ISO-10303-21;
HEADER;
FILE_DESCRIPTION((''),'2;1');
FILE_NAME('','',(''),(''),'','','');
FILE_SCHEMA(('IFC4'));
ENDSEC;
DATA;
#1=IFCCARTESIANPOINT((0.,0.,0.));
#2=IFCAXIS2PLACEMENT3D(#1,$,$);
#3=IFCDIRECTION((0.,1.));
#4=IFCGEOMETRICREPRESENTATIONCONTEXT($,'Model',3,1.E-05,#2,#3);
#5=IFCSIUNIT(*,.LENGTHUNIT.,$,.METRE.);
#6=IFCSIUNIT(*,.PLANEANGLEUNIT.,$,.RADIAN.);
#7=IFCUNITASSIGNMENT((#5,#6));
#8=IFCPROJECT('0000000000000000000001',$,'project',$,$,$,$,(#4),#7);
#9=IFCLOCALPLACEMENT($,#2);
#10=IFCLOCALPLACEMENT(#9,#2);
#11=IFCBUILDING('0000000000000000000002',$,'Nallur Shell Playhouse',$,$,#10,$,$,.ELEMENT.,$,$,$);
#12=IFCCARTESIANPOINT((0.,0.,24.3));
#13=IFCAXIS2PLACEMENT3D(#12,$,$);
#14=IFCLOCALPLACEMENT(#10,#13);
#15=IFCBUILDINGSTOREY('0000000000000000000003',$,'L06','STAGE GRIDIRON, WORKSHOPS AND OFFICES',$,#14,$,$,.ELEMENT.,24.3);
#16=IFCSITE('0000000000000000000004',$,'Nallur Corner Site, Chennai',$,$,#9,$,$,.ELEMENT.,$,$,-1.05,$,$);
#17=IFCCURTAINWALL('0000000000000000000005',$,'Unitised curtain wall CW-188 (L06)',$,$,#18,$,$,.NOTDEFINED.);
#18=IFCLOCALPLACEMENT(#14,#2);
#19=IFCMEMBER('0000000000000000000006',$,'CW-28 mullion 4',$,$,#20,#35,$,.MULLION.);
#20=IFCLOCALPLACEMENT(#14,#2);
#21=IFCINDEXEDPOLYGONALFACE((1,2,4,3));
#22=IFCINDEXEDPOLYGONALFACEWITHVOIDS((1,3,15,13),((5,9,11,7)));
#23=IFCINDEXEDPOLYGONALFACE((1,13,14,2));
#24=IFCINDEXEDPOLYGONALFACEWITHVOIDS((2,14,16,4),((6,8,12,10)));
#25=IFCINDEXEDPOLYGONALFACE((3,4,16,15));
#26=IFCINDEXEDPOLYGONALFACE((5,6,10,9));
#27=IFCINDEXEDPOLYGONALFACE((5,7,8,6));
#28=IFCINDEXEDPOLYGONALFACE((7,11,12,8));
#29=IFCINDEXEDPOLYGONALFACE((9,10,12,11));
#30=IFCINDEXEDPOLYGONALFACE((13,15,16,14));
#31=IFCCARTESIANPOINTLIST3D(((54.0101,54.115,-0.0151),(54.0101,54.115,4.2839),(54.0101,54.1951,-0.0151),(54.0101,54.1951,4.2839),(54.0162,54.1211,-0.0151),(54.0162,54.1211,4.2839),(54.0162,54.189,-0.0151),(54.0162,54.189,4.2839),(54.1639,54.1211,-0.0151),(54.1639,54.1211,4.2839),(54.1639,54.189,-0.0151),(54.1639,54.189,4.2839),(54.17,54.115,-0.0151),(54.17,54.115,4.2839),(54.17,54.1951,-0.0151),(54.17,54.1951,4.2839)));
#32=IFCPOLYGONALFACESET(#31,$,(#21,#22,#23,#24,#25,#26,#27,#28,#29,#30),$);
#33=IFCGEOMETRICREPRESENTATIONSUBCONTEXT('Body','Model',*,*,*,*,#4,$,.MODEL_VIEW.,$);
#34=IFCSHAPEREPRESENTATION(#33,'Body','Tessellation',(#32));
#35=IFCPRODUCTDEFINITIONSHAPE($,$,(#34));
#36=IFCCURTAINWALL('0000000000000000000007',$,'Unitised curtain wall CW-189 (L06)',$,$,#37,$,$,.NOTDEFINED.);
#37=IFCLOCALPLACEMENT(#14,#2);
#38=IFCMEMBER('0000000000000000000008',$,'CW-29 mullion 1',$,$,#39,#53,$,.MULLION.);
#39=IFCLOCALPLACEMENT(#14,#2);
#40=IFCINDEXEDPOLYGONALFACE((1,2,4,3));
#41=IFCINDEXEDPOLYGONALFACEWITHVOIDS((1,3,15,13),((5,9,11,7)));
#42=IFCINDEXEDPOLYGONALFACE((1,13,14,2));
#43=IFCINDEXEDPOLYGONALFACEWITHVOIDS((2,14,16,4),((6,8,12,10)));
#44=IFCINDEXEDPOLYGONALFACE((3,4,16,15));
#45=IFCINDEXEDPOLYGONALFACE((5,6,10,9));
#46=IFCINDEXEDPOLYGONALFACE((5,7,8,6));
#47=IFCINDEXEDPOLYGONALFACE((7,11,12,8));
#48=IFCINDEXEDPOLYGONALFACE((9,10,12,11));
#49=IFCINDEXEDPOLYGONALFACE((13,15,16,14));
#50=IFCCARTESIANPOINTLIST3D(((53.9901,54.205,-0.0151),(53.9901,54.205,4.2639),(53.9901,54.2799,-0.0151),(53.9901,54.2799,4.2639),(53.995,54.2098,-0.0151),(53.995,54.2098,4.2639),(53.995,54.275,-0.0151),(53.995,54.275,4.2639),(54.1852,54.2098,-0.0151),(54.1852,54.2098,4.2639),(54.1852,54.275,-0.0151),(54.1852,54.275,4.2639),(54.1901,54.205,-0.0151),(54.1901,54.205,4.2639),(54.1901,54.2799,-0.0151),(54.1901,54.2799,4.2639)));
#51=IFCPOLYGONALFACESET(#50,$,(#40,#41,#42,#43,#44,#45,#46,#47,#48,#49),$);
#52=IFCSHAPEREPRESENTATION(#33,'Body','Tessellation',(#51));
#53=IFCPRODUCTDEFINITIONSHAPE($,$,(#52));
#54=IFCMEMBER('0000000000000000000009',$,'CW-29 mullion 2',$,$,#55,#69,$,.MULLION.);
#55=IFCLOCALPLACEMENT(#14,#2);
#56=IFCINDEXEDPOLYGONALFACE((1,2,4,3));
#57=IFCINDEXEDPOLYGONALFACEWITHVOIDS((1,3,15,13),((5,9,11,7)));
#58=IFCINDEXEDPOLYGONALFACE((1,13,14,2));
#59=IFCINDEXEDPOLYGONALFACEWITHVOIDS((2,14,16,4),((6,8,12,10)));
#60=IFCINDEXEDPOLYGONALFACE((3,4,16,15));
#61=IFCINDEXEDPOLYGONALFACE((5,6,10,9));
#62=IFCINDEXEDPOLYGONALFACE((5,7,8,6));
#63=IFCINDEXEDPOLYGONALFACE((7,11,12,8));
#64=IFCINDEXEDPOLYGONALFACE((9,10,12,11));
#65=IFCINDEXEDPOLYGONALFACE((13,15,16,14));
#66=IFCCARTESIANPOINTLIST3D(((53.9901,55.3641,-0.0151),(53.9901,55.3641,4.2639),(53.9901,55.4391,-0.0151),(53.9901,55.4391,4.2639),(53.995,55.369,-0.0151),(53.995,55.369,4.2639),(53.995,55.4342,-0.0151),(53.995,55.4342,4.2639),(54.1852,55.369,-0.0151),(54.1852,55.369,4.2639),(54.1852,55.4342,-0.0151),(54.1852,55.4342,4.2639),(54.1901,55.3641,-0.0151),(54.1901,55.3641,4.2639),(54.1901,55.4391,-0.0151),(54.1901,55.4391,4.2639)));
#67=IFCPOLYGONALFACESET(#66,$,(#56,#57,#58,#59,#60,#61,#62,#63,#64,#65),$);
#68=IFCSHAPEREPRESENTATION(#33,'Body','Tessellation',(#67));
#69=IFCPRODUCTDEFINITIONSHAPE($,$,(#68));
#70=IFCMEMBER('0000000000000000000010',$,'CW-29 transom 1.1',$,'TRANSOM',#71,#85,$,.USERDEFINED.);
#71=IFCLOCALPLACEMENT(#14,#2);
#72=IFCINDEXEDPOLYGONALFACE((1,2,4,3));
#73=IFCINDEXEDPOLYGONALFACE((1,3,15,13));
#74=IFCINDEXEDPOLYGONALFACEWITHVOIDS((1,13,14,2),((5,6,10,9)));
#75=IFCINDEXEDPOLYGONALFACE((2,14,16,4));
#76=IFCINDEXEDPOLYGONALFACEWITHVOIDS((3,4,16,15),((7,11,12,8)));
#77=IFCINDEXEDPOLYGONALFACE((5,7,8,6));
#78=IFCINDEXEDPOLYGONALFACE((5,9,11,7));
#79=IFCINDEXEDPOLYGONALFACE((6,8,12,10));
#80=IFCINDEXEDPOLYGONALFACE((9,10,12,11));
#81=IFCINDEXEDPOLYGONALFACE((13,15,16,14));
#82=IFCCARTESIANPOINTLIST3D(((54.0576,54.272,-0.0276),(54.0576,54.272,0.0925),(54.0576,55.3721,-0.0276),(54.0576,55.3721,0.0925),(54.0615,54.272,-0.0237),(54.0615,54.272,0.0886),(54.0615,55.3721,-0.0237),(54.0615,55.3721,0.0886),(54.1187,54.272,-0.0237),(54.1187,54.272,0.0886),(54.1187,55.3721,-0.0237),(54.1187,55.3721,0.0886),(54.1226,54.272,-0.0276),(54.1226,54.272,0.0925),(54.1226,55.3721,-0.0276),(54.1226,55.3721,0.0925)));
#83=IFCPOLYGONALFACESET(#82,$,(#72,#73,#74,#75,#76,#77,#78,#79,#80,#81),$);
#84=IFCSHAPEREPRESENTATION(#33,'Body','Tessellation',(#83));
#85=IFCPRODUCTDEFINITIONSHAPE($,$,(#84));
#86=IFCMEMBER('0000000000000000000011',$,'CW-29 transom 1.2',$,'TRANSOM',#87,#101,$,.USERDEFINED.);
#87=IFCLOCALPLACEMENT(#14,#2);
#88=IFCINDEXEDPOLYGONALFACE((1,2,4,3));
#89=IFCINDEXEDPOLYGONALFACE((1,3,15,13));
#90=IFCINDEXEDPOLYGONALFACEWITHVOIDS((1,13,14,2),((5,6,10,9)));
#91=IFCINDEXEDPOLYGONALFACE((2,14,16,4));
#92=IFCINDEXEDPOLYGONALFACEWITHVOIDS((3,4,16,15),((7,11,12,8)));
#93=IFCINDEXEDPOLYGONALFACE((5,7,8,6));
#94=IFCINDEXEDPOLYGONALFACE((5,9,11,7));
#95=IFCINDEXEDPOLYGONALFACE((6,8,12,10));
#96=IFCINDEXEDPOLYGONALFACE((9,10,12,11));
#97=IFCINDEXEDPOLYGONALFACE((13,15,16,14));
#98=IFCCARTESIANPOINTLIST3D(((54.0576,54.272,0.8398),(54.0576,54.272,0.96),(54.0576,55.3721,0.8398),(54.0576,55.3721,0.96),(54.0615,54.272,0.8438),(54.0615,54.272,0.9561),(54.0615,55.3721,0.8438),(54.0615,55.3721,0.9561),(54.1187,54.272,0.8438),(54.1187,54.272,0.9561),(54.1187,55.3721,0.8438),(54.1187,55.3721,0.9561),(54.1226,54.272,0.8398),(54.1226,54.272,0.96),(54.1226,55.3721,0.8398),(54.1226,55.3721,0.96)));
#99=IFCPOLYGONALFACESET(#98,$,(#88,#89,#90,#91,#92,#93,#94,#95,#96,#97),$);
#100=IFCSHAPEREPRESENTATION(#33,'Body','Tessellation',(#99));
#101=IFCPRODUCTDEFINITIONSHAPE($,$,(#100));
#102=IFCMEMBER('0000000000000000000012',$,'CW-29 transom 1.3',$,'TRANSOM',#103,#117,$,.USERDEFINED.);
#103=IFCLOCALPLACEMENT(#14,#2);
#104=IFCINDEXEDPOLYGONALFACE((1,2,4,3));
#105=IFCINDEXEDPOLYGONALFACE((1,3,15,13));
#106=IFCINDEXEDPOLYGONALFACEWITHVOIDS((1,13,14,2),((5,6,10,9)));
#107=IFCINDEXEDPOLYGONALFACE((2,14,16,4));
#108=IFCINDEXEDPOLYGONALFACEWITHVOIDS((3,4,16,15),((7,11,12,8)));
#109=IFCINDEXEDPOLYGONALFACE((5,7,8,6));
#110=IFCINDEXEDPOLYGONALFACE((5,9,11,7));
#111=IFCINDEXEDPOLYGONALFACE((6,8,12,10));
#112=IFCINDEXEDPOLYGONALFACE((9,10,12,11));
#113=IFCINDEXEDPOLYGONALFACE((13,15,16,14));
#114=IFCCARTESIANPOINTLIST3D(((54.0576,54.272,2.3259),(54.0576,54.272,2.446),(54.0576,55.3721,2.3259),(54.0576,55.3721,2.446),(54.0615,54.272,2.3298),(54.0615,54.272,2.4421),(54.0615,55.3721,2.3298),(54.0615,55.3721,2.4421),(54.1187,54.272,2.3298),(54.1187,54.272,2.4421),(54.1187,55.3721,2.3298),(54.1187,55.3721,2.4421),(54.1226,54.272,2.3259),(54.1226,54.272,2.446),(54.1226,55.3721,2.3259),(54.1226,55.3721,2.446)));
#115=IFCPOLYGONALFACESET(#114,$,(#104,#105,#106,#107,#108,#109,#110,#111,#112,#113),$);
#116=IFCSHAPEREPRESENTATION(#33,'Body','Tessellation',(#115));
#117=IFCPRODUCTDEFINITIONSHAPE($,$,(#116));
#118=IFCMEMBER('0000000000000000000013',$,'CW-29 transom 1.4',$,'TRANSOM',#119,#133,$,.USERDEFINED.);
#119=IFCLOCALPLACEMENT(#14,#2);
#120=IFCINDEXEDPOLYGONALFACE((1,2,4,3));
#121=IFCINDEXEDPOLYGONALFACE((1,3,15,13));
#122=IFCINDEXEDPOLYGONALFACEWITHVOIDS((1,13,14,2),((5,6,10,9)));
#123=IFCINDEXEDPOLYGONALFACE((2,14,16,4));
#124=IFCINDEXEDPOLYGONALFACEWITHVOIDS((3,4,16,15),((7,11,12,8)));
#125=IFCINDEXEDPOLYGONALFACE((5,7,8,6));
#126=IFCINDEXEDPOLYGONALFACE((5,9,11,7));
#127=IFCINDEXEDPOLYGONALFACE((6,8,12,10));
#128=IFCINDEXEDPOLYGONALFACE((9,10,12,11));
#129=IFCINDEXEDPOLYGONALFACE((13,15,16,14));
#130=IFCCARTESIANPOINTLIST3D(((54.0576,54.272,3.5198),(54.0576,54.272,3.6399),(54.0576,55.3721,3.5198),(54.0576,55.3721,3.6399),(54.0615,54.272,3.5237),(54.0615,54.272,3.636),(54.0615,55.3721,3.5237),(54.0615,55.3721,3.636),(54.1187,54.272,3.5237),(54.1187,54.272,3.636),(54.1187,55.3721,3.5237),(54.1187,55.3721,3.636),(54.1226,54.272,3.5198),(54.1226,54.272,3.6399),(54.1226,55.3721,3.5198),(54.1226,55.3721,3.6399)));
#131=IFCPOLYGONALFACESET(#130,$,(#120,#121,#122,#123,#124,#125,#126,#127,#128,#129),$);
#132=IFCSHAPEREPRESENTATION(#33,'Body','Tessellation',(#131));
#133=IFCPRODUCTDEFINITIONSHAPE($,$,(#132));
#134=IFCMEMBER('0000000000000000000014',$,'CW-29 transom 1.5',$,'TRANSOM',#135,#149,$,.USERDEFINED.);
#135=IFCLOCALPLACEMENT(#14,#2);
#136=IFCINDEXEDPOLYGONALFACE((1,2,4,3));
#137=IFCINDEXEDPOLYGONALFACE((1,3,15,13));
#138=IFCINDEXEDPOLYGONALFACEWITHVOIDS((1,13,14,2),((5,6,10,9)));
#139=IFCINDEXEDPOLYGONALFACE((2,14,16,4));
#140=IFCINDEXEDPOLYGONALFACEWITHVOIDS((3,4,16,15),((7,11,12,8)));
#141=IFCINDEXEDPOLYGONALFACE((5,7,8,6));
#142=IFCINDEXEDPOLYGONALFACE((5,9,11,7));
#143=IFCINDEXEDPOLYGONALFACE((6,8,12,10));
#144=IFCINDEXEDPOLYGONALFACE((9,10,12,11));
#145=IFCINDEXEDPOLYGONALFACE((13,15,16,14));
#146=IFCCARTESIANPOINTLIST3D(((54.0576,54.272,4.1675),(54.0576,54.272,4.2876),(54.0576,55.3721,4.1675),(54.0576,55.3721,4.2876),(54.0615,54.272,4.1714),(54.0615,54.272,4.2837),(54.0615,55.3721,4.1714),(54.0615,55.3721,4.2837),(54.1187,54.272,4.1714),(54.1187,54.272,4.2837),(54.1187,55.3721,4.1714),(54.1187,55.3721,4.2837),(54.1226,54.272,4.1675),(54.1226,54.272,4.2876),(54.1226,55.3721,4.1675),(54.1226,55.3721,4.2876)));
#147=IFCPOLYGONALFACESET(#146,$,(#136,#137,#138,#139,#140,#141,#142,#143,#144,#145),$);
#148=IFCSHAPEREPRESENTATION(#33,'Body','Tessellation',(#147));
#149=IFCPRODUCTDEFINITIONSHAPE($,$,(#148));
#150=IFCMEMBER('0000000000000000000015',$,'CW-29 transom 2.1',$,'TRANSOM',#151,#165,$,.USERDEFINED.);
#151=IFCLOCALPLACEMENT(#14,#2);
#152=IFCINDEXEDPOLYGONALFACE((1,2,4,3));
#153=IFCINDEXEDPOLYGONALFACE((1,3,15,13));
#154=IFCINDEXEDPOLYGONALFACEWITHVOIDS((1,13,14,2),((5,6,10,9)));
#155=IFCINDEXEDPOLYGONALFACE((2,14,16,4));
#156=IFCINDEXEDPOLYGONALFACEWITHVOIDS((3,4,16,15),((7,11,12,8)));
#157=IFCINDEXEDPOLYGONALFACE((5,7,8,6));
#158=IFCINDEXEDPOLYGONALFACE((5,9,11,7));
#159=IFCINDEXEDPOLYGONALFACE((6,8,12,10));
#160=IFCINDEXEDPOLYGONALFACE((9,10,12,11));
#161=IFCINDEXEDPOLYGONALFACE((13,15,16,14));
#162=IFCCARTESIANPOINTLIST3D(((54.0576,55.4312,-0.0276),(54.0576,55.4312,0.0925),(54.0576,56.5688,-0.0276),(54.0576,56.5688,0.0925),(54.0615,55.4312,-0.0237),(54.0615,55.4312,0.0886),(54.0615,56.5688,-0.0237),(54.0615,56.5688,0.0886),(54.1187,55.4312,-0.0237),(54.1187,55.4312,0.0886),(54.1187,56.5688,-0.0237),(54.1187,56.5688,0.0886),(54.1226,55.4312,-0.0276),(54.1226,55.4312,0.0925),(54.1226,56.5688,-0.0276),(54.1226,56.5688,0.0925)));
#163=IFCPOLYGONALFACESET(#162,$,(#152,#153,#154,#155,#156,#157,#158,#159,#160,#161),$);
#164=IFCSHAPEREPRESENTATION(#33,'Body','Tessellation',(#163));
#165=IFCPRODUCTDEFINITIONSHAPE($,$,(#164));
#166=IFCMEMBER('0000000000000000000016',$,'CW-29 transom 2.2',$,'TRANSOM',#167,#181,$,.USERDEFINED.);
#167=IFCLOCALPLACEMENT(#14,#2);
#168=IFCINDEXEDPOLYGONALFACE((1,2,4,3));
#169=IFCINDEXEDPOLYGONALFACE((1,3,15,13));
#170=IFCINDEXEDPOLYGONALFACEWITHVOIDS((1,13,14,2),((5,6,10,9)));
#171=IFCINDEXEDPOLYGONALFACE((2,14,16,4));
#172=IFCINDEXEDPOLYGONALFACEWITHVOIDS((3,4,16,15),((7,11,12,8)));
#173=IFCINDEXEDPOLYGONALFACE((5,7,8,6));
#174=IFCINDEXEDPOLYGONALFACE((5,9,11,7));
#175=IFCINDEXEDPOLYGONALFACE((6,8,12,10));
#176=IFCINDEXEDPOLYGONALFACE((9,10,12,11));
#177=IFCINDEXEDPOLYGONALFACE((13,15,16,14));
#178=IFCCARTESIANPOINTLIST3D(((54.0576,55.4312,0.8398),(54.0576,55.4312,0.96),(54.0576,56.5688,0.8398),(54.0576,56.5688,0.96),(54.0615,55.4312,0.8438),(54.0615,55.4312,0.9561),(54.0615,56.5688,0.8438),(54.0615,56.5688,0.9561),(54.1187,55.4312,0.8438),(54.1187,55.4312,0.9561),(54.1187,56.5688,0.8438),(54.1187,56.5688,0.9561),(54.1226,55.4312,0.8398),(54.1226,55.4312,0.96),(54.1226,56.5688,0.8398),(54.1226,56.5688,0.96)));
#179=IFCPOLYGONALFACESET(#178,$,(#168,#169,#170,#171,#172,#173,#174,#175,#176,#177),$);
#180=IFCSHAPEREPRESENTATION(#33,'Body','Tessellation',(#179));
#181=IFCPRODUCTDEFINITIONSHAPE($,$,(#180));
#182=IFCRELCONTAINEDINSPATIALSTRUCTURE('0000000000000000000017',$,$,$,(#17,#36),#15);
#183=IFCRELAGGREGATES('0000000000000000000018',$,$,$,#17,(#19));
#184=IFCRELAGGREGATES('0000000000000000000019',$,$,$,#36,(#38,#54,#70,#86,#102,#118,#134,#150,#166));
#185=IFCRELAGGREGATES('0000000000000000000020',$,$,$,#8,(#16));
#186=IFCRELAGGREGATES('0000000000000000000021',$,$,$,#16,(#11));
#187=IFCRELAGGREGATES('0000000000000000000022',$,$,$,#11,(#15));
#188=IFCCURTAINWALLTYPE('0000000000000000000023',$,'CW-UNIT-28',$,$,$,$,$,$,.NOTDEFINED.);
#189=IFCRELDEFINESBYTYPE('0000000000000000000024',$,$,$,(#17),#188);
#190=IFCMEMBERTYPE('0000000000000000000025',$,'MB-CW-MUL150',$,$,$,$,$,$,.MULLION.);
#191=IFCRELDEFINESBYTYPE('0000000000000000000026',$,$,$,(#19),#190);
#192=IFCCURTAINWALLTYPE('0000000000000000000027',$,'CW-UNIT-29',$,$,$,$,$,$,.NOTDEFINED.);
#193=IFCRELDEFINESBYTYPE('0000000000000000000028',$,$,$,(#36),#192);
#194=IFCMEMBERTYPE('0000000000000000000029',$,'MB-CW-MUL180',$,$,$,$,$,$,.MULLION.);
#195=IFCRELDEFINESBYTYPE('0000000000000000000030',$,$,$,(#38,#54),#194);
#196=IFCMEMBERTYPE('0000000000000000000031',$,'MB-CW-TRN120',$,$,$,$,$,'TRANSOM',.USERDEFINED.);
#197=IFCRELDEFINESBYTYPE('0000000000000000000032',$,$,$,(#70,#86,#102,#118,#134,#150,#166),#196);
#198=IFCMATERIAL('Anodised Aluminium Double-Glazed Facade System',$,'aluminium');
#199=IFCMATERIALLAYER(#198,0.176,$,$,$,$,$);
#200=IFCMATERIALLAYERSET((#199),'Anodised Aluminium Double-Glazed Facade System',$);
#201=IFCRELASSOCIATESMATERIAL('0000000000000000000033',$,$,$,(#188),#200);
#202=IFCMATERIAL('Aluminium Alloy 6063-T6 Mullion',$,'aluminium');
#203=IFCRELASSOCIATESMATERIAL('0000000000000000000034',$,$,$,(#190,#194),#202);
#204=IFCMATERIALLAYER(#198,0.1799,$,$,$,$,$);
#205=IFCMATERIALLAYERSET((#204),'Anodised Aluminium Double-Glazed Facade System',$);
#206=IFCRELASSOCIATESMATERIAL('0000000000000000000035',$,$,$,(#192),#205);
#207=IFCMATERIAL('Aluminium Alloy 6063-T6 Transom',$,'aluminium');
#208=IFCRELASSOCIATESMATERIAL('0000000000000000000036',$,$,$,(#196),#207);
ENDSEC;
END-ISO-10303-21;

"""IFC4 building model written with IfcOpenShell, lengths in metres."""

from ifc_helpers import new_model, si_unit, direction, frame, origin, origin_2d, place, context, subcontext, project, spatial, hollow_rectangle, extrude, material, layer, layer_set, material_profile, profile_set, type_object, element, aggregate, save


model = new_model("IFC4")

# Units and contexts
model_context = context("Model", 3, precision=1e-05, world=origin(), true_north=direction((0.0, 1.0)))
body_context = subcontext(model_context, "Body", "Model", "MODEL_VIEW")
ifc_project = project(units=[si_unit("LENGTHUNIT", "METRE"), si_unit("PLANEANGLEUNIT", "RADIAN")], contexts=[model_context])

# Site, building, storey
site_placement = place(None, origin())
site = spatial("IfcSite", under=ifc_project, at=site_placement, Name="Nallur Corner Site, Chennai", CompositionType="ELEMENT", RefElevation=-1.05)
building_placement = place(site_placement, origin())
building = spatial("IfcBuilding", under=site, at=building_placement, Name="Nallur Shell Playhouse", CompositionType="ELEMENT")
storey_placement = place(building_placement, frame((0.0, 0.0, 24.3)))
storey = spatial("IfcBuildingStorey", under=building, at=storey_placement, Name="L06", Description="STAGE GRIDIRON, WORKSHOPS AND OFFICES", CompositionType="ELEMENT", Elevation=24.3)

# Curtain wall, member
ifc_material_1 = material(Name="Anodised Aluminium Double-Glazed Facade System", Category="aluminium")
ifc_layer_1 = layer(ifc_material_1, 0.176)
ifc_layer_set_1 = layer_set([ifc_layer_1], Name="Anodised Aluminium Double-Glazed Facade System")
curtain_wall_type_1 = type_object("IfcCurtainWallType", Name="CW-UNIT-28", PredefinedType="NOTDEFINED", material=ifc_layer_set_1)
curtain_wall_1_placement = place(storey_placement, origin())
curtain_wall_1 = element("IfcCurtainWall", 1, at=curtain_wall_1_placement, inside=storey, type_object=curtain_wall_type_1, Name="Unitised curtain wall CW-188 (L06)", PredefinedType="NOTDEFINED")
ifc_material_2 = material(Name="Aluminium Alloy 6063-T6 Mullion", Category="aluminium")
ifc_material_profile_1 = material_profile(ifc_material_2, hollow_rectangle(XDim=0.0801, YDim=0.1599, WallThickness=0.0061, at=origin_2d()), Name="RHS 160x80x6")
ifc_profile_set_1 = profile_set([ifc_material_profile_1], Name="Aluminium Alloy 6063-T6 Mullion")
member_type_1 = type_object("IfcMemberType", Name="MB-CW-MUL150", PredefinedType="MULLION", material=ifc_profile_set_1)
member_1_placement = place(storey_placement, frame((54.0901, 54.155, -0.0151), z_axis=(0.0, 0.0, 1.0), x_axis=(0.0, 1.0, 0.0)))
member_1 = element("IfcMember", 2, at=member_1_placement, type_object=member_type_1, Name="CW-28 mullion 4", PredefinedType="MULLION", context=body_context, shape_type="SweptSolid", body=[
    extrude(hollow_rectangle(XDim=0.0801, YDim=0.1599, WallThickness=0.0061, at=origin_2d()), origin(), (0.0, 0.0, 1.0), 4.2991),
])

# Curtain wall, members
ifc_layer_2 = layer(ifc_material_1, 0.1799)
ifc_layer_set_2 = layer_set([ifc_layer_2], Name="Anodised Aluminium Double-Glazed Facade System")
curtain_wall_type_2 = type_object("IfcCurtainWallType", Name="CW-UNIT-29", PredefinedType="NOTDEFINED", material=ifc_layer_set_2)
curtain_wall_2_placement = place(storey_placement, origin())
curtain_wall_2 = element("IfcCurtainWall", 3, at=curtain_wall_2_placement, inside=storey, type_object=curtain_wall_type_2, Name="Unitised curtain wall CW-189 (L06)", PredefinedType="NOTDEFINED")
ifc_material_profile_2 = material_profile(ifc_material_2, hollow_rectangle(XDim=0.075, YDim=0.2, WallThickness=0.0049, at=origin_2d()), Name="ALU 75x200x5")
ifc_profile_set_2 = profile_set([ifc_material_profile_2], Name="Aluminium Alloy 6063-T6 Mullion")
member_type_2 = type_object("IfcMemberType", Name="MB-CW-MUL180", PredefinedType="MULLION", material=ifc_profile_set_2)
member_2_placement = place(storey_placement, frame((54.0901, 54.2424, -0.0151), z_axis=(0.0, 0.0, 1.0), x_axis=(0.0, 1.0, 0.0)))
member_2 = element("IfcMember", 4, at=member_2_placement, type_object=member_type_2, Name="CW-29 mullion 1", PredefinedType="MULLION", context=body_context, shape_type="SweptSolid", body=[
    extrude(hollow_rectangle(XDim=0.075, YDim=0.2, WallThickness=0.0049, at=origin_2d()), origin(), (0.0, 0.0, 1.0), 4.2791),
])
member_3_placement = place(storey_placement, frame((54.0901, 55.4016, -0.0151), z_axis=(0.0, 0.0, 1.0), x_axis=(0.0, 1.0, 0.0)))
member_3 = element("IfcMember", 5, at=member_3_placement, type_object=member_type_2, Name="CW-29 mullion 2", PredefinedType="MULLION", context=body_context, shape_type="SweptSolid", body=[
    extrude(hollow_rectangle(XDim=0.075, YDim=0.2, WallThickness=0.0049, at=origin_2d()), origin(), (0.0, 0.0, 1.0), 4.2791),
])
ifc_material_3 = material(Name="Aluminium Alloy 6063-T6 Transom", Category="aluminium")
ifc_material_profile_3 = material_profile(ifc_material_3, hollow_rectangle(XDim=0.0649, YDim=0.1201, WallThickness=0.0039, at=origin_2d()), Name="ALU 65x120x4")
ifc_profile_set_3 = profile_set([ifc_material_profile_3], Name="Aluminium Alloy 6063-T6 Transom")
member_type_3 = type_object("IfcMemberType", Name="MB-CW-TRN120", ElementType="TRANSOM", PredefinedType="USERDEFINED", material=ifc_profile_set_3)
member_4_placement = place(storey_placement, frame((54.0901, 54.272, 0.0325), z_axis=(0.0, 1.0, 0.0), x_axis=(-1.0, 0.0, 0.0)))
member_4 = element("IfcMember", 6, at=member_4_placement, type_object=member_type_3, Name="CW-29 transom 1.1", ObjectType="TRANSOM", PredefinedType="USERDEFINED", context=body_context, shape_type="SweptSolid", body=[
    extrude(hollow_rectangle(XDim=0.0649, YDim=0.1201, WallThickness=0.0039, at=origin_2d()), origin(), (0.0, 0.0, 1.0), 1.1001),
])
member_5_placement = place(storey_placement, frame((54.0901, 54.272, 0.8999), z_axis=(0.0, 1.0, 0.0), x_axis=(-1.0, 0.0, 0.0)))
member_5 = element("IfcMember", 7, at=member_5_placement, type_object=member_type_3, Name="CW-29 transom 1.2", ObjectType="TRANSOM", PredefinedType="USERDEFINED", context=body_context, shape_type="SweptSolid", body=[
    extrude(hollow_rectangle(XDim=0.0649, YDim=0.1201, WallThickness=0.0039, at=origin_2d()), origin(), (0.0, 0.0, 1.0), 1.1001),
])
member_6_placement = place(storey_placement, frame((54.0901, 54.272, 2.386), z_axis=(0.0, 1.0, 0.0), x_axis=(-1.0, 0.0, 0.0)))
member_6 = element("IfcMember", 8, at=member_6_placement, type_object=member_type_3, Name="CW-29 transom 1.3", ObjectType="TRANSOM", PredefinedType="USERDEFINED", context=body_context, shape_type="SweptSolid", body=[
    extrude(hollow_rectangle(XDim=0.0649, YDim=0.1201, WallThickness=0.0039, at=origin_2d()), origin(), (0.0, 0.0, 1.0), 1.1001),
])
member_7_placement = place(storey_placement, frame((54.0901, 54.272, 3.5798), z_axis=(0.0, 1.0, 0.0), x_axis=(-1.0, 0.0, 0.0)))
member_7 = element("IfcMember", 9, at=member_7_placement, type_object=member_type_3, Name="CW-29 transom 1.4", ObjectType="TRANSOM", PredefinedType="USERDEFINED", context=body_context, shape_type="SweptSolid", body=[
    extrude(hollow_rectangle(XDim=0.0649, YDim=0.1201, WallThickness=0.0039, at=origin_2d()), origin(), (0.0, 0.0, 1.0), 1.1001),
])
member_8_placement = place(storey_placement, frame((54.0901, 54.272, 4.2275), z_axis=(0.0, 1.0, 0.0), x_axis=(-1.0, 0.0, 0.0)))
member_8 = element("IfcMember", 10, at=member_8_placement, type_object=member_type_3, Name="CW-29 transom 1.5", ObjectType="TRANSOM", PredefinedType="USERDEFINED", context=body_context, shape_type="SweptSolid", body=[
    extrude(hollow_rectangle(XDim=0.0649, YDim=0.1201, WallThickness=0.0039, at=origin_2d()), origin(), (0.0, 0.0, 1.0), 1.1001),
])
member_9_placement = place(storey_placement, frame((54.0901, 55.4312, 0.0325), z_axis=(0.0, 1.0, 0.0), x_axis=(-1.0, 0.0, 0.0)))
member_9 = element("IfcMember", 11, at=member_9_placement, type_object=member_type_3, Name="CW-29 transom 2.1", ObjectType="TRANSOM", PredefinedType="USERDEFINED", context=body_context, shape_type="SweptSolid", body=[
    extrude(hollow_rectangle(XDim=0.0649, YDim=0.1201, WallThickness=0.0039, at=origin_2d()), origin(), (0.0, 0.0, 1.0), 1.1377),
])
member_10_placement = place(storey_placement, frame((54.0901, 55.4312, 0.8999), z_axis=(0.0, 1.0, 0.0), x_axis=(-1.0, 0.0, 0.0)))
member_10 = element("IfcMember", 12, at=member_10_placement, type_object=member_type_3, Name="CW-29 transom 2.2", ObjectType="TRANSOM", PredefinedType="USERDEFINED", context=body_context, shape_type="SweptSolid", body=[
    extrude(hollow_rectangle(XDim=0.0649, YDim=0.1201, WallThickness=0.0039, at=origin_2d()), origin(), (0.0, 0.0, 1.0), 1.1377),
])

aggregate(curtain_wall_1, [member_1])
aggregate(curtain_wall_2, [member_2, member_3, member_4, member_5, member_6, member_7, member_8, member_9, member_10])

save(model, "model.ifc")
